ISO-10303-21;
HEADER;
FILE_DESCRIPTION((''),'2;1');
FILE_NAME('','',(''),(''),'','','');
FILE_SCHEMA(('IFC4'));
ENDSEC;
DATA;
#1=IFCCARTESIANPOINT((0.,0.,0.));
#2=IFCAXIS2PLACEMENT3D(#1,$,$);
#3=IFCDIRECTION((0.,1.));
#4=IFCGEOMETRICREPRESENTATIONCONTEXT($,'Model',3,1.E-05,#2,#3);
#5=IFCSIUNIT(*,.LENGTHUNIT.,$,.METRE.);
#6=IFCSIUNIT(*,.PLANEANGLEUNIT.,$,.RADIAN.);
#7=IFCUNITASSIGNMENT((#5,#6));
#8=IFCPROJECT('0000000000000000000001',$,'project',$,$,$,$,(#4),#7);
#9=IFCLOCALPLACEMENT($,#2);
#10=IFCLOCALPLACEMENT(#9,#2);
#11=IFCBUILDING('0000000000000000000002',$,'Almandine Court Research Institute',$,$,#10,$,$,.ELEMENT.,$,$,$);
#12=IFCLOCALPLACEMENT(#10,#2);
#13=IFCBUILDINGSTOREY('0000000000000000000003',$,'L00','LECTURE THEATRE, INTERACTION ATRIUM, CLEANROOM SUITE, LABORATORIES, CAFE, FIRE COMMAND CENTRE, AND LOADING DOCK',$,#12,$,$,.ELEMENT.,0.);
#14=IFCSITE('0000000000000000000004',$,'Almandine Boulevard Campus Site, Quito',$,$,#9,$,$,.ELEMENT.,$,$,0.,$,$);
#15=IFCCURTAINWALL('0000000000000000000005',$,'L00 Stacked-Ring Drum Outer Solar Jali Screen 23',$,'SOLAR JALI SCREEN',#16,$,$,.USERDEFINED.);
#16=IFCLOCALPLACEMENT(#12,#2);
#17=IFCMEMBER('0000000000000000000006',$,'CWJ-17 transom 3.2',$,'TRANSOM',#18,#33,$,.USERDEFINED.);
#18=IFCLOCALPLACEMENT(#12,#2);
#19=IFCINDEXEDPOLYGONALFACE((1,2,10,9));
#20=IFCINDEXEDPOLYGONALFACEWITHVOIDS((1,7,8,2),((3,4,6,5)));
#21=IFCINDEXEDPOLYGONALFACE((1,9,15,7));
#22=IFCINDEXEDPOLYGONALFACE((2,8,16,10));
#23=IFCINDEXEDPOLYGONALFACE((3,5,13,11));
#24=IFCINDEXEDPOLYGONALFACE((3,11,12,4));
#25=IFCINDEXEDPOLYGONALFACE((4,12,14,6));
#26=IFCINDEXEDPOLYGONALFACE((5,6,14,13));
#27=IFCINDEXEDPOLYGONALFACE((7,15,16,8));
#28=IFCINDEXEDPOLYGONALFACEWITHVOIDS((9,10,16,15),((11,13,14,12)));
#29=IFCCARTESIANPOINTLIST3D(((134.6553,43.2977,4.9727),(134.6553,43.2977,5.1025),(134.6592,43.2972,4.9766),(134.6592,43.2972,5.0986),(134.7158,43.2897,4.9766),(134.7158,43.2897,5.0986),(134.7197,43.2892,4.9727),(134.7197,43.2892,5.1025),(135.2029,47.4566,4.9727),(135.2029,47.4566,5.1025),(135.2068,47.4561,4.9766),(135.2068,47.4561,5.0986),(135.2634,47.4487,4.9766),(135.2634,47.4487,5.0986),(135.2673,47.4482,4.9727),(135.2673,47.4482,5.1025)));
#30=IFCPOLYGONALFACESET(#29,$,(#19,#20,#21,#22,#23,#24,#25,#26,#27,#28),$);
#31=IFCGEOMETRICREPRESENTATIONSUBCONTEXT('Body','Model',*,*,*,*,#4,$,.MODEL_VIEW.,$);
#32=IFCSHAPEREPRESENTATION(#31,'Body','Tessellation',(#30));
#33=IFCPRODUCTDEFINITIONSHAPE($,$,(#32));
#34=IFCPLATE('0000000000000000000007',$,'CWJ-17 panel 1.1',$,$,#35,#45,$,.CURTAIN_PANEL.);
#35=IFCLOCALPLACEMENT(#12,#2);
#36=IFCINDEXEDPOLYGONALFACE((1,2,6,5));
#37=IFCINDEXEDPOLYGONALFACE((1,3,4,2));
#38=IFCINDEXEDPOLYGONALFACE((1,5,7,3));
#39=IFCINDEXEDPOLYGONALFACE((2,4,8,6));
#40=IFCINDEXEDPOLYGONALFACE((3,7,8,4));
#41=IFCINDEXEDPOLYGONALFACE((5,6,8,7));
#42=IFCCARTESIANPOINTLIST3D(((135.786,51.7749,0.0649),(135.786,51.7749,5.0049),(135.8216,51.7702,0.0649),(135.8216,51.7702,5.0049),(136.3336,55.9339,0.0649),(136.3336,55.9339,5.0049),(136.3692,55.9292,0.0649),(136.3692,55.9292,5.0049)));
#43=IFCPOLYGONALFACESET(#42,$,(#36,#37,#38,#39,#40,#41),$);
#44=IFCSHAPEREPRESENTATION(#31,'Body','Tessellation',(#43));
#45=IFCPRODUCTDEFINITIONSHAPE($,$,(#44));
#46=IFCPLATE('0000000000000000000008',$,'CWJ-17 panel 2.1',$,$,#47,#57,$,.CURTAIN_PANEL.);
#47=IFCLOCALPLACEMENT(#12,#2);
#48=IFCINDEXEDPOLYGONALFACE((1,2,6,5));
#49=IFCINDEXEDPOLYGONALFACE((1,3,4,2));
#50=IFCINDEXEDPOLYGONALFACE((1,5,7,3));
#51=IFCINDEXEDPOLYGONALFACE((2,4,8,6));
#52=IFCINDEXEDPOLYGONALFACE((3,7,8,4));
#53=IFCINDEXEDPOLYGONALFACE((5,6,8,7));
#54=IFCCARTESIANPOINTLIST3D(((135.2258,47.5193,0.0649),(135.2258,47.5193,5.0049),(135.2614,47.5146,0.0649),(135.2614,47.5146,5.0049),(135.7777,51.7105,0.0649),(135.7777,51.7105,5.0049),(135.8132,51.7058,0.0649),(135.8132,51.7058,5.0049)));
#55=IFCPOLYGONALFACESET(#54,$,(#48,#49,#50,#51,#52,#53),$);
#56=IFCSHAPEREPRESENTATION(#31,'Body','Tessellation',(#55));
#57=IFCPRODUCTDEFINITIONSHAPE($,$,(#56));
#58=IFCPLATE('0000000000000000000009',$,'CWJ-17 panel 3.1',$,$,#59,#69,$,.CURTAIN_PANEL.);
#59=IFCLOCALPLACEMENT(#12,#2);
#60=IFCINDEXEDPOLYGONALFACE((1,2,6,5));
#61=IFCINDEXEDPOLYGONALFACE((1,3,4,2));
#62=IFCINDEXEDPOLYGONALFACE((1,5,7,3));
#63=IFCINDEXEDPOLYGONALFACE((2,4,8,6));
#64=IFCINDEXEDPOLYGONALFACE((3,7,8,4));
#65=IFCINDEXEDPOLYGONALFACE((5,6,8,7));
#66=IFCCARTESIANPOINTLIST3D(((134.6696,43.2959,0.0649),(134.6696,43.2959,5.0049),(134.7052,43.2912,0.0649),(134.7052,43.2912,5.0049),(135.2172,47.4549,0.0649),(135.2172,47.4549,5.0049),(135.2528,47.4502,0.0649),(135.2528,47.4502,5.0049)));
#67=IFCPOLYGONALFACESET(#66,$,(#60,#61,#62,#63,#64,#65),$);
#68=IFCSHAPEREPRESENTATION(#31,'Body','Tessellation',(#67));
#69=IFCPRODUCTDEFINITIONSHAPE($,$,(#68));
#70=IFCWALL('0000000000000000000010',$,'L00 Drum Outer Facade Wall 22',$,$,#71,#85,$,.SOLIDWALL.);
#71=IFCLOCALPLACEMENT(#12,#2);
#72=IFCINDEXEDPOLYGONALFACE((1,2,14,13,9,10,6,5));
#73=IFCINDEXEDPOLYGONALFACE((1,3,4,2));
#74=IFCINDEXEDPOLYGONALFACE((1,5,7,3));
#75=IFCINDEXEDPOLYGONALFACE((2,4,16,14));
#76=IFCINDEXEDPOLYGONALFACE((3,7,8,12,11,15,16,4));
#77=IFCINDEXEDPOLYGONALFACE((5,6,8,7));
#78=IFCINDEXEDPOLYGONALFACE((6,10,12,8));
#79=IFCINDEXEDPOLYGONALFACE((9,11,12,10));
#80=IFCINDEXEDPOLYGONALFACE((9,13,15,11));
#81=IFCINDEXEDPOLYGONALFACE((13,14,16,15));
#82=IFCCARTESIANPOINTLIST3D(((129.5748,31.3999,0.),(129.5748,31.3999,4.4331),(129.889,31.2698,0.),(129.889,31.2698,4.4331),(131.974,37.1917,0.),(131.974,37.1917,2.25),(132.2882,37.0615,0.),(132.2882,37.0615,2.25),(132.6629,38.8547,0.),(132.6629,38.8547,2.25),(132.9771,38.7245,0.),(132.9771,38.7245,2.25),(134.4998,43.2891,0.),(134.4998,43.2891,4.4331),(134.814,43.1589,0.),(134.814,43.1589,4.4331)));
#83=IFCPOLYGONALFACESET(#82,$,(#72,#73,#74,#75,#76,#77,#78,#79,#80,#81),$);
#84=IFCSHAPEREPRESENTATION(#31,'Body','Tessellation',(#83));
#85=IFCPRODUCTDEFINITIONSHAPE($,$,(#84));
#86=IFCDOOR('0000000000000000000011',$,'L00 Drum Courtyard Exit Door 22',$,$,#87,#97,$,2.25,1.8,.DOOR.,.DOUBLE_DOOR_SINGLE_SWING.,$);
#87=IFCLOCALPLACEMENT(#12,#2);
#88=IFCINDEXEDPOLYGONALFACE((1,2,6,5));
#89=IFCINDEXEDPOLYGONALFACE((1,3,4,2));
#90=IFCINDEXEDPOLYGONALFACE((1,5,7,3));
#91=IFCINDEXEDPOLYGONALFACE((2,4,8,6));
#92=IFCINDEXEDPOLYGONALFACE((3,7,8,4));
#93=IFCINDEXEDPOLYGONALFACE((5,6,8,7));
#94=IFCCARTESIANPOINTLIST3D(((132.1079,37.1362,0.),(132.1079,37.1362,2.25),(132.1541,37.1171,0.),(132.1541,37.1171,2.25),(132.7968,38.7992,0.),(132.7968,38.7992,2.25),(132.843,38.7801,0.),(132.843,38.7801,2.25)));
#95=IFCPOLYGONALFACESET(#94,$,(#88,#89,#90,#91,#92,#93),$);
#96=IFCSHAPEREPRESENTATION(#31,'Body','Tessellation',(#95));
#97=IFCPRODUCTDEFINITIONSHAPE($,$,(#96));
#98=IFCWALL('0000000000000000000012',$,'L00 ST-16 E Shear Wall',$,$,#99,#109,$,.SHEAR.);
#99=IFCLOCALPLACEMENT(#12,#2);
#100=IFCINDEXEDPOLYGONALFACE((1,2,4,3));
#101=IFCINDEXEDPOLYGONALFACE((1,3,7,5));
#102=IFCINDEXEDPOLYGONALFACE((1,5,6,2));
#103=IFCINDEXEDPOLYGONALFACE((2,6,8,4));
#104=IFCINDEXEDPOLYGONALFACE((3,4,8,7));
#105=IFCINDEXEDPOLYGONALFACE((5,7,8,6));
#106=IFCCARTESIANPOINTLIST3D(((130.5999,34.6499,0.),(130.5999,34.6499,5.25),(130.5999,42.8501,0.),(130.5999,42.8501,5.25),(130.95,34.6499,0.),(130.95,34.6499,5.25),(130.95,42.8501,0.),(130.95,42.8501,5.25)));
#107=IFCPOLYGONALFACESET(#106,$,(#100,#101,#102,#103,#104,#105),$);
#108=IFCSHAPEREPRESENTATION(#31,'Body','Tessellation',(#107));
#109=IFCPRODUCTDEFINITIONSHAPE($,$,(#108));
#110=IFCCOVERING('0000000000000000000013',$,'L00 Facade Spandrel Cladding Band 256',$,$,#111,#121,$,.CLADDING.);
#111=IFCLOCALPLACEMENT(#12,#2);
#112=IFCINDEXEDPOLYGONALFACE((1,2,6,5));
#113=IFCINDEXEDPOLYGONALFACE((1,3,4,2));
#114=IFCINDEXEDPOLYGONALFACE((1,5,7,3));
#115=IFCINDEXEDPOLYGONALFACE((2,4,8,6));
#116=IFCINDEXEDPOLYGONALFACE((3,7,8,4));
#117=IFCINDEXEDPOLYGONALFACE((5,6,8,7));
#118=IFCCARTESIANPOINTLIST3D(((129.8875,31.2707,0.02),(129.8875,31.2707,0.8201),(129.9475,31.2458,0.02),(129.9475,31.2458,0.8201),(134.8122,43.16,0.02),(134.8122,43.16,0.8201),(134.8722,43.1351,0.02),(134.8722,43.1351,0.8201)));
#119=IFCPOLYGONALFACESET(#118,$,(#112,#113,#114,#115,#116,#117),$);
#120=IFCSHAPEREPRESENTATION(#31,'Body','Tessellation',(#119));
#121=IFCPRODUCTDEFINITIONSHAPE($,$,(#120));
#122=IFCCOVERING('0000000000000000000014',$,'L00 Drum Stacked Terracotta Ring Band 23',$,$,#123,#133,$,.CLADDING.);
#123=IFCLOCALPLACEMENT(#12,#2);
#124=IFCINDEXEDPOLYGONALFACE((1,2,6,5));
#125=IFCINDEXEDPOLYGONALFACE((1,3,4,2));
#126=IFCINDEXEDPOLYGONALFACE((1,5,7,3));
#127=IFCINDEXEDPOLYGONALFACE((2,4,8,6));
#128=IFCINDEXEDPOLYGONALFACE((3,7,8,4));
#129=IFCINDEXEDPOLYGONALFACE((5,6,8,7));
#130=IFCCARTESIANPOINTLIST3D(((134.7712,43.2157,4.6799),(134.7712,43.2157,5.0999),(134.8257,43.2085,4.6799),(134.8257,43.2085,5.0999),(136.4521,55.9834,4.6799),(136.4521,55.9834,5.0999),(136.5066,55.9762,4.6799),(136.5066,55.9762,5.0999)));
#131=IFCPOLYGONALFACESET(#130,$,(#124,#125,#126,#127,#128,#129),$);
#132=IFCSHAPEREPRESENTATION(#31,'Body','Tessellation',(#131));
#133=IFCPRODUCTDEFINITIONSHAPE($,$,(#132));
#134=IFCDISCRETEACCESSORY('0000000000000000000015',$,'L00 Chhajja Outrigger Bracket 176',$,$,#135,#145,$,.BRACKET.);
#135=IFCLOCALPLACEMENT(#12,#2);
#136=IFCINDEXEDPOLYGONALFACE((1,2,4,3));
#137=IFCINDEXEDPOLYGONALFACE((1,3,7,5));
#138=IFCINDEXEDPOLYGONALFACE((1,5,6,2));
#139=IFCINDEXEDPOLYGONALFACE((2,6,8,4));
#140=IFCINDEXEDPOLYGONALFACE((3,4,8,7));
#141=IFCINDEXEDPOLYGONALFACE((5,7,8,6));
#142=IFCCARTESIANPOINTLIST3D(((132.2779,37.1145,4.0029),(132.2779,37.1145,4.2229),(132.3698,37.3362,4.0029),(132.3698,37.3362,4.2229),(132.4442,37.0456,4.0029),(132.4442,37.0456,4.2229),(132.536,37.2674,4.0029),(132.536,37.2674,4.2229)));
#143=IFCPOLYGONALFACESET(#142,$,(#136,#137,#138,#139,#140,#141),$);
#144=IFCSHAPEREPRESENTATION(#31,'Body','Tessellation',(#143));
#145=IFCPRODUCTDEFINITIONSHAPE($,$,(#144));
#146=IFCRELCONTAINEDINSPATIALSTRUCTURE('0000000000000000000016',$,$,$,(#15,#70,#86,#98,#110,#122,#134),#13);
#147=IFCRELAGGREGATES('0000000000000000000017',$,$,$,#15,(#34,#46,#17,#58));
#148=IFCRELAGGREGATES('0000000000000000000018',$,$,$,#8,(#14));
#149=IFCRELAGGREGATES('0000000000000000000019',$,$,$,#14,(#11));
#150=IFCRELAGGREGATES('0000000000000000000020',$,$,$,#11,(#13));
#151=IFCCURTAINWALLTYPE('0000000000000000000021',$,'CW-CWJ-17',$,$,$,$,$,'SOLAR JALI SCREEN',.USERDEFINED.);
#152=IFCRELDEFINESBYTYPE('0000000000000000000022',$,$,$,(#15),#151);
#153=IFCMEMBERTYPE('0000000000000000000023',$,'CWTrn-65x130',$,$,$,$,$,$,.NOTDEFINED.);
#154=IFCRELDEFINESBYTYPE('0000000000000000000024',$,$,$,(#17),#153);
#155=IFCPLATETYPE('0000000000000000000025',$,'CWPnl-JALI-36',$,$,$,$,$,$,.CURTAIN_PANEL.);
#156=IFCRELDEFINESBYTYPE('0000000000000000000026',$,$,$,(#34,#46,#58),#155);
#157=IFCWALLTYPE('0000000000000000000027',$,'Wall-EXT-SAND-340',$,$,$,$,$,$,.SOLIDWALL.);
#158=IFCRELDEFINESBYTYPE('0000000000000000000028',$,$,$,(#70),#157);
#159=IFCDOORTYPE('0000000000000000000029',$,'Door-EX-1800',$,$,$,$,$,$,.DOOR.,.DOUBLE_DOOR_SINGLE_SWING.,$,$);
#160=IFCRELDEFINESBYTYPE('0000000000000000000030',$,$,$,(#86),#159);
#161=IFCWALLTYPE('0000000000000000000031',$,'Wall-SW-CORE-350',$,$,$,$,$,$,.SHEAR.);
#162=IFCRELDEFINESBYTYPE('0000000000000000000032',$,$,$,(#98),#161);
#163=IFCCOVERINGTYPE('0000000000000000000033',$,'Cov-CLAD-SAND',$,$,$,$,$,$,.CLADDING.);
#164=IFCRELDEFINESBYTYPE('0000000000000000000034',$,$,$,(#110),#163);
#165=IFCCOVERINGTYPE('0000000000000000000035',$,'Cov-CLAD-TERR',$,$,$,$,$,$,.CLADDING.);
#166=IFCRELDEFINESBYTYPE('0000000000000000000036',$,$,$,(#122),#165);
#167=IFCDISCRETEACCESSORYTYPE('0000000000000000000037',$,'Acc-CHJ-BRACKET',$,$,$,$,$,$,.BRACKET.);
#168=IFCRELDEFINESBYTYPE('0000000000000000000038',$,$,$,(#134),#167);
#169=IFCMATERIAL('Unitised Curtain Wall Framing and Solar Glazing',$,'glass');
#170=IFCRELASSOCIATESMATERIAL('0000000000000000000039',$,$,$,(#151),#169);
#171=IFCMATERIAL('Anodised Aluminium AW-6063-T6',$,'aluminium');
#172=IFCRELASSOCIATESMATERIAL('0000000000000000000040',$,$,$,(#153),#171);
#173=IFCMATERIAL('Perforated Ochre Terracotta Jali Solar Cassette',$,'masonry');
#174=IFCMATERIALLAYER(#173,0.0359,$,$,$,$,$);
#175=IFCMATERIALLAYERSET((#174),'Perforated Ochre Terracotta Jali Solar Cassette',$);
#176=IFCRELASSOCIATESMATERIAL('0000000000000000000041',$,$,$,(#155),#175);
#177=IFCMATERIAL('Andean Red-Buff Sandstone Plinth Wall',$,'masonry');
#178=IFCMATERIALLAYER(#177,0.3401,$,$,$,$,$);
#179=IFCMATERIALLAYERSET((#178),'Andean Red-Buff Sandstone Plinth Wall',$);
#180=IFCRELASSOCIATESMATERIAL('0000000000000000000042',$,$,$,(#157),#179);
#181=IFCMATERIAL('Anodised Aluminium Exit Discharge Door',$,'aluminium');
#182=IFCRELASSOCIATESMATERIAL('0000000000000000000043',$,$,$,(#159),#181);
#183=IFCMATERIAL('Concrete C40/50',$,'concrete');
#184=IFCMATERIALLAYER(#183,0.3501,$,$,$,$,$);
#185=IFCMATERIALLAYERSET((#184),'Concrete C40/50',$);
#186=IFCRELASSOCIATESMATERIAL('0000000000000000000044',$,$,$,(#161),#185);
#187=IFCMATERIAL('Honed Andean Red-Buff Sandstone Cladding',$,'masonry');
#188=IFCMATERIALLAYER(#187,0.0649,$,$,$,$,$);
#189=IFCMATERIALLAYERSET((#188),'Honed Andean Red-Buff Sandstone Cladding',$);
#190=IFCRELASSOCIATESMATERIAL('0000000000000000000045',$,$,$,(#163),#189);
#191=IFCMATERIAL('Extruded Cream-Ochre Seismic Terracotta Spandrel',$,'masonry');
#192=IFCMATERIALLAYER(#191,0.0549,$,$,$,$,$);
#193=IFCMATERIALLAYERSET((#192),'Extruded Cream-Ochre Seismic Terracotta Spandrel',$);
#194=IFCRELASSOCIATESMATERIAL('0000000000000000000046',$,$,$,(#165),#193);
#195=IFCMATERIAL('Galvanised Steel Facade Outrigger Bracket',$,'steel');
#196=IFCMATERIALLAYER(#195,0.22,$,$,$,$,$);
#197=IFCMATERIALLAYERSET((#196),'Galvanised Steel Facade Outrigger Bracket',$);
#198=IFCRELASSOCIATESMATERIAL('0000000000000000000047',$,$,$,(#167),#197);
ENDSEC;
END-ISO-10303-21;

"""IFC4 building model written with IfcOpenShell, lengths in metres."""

from ifc_helpers import new_model, si_unit, direction, frame, frame_2d, origin, origin_2d, place, context, subcontext, project, spatial, rectangle, hollow_rectangle, extrude, material, layer, layer_set, material_profile, profile_set, type_object, element, fill, aggregate, save


model = new_model("IFC4")

# Units and contexts
model_context = context("Model", 3, precision=1e-05, world=origin(), true_north=direction((0.0, 1.0)))
body_context = subcontext(model_context, "Body", "Model", "MODEL_VIEW")
ifc_project = project(units=[si_unit("LENGTHUNIT", "METRE"), si_unit("PLANEANGLEUNIT", "RADIAN")], contexts=[model_context])

# Site, building, storey
site_placement = place(None, origin())
site = spatial("IfcSite", under=ifc_project, at=site_placement, Name="Almandine Boulevard Campus Site, Quito", CompositionType="ELEMENT", RefElevation=0.0)
building_placement = place(site_placement, origin())
building = spatial("IfcBuilding", under=site, at=building_placement, Name="Almandine Court Research Institute", CompositionType="ELEMENT")
storey_placement = place(building_placement, origin())
storey = spatial("IfcBuildingStorey", under=building, at=storey_placement, Name="L00", Description="LECTURE THEATRE, INTERACTION ATRIUM, CLEANROOM SUITE, LABORATORIES, CAFE, FIRE COMMAND CENTRE, AND LOADING DOCK", CompositionType="ELEMENT", Elevation=0.0)

# Curtain wall, member, plates
ifc_material_1 = material(Name="Unitised Curtain Wall Framing and Solar Glazing", Category="glass")
curtain_wall_type = type_object("IfcCurtainWallType", Name="CW-CWJ-17", ElementType="SOLAR JALI SCREEN", PredefinedType="USERDEFINED", material=ifc_material_1)
curtain_wall_placement = place(storey_placement, origin())
curtain_wall = element("IfcCurtainWall", 1, at=curtain_wall_placement, inside=storey, type_object=curtain_wall_type, Name="L00 Stacked-Ring Drum Outer Solar Jali Screen 23", ObjectType="SOLAR JALI SCREEN", PredefinedType="USERDEFINED")
ifc_material_2 = material(Name="Anodised Aluminium AW-6063-T6", Category="aluminium")
ifc_material_profile_1 = material_profile(ifc_material_2, hollow_rectangle(XDim=0.0649, YDim=0.1299, WallThickness=0.0039, at=origin_2d()), Name="ALU RHS 65x130x4")
ifc_profile_set_1 = profile_set([ifc_material_profile_1], Name="Anodised Aluminium AW-6063-T6")
member_type_1 = type_object("IfcMemberType", Name="CWTrn-65x130", PredefinedType="NOTDEFINED", material=ifc_profile_set_1)
member_1_placement = place(storey_placement, frame((135.2351, 47.4524, 5.0376), z_axis=(-0.130543, -0.991443, 0.0), x_axis=(0.991443, -0.130543, 0.0)))
member_1 = element("IfcMember", 2, at=member_1_placement, type_object=member_type_1, Name="CWJ-17 transom 3.2", ObjectType="TRANSOM", PredefinedType="USERDEFINED", context=body_context, shape_type="SweptSolid", body=[
    extrude(hollow_rectangle(XDim=0.0649, YDim=0.1299, WallThickness=0.0039, at=origin_2d()), origin(), (0.0, 0.0, 1.0), 4.1948),
])
ifc_material_3 = material(Name="Perforated Ochre Terracotta Jali Solar Cassette", Category="masonry")
ifc_layer_1 = layer(ifc_material_3, 0.0359)
ifc_layer_set_1 = layer_set([ifc_layer_1], Name="Perforated Ochre Terracotta Jali Solar Cassette")
plate_type = type_object("IfcPlateType", Name="CWPnl-JALI-36", PredefinedType="CURTAIN_PANEL", material=ifc_layer_set_1)
plate_1_placement = place(storey_placement, frame((136.0776, 53.8521, 0.0649), z_axis=(0.0, 0.0, 1.0), x_axis=(-0.130541, -0.991443, 0.0)))
plate_1 = element("IfcPlate", 3, at=plate_1_placement, type_object=plate_type, Name="CWJ-17 panel 1.1", PredefinedType="CURTAIN_PANEL", context=body_context, shape_type="SweptSolid", body=[
    extrude(rectangle(XDim=4.1948, YDim=0.0359, at=origin_2d()), origin(), (0.0, 0.0, 1.0), 4.9399),
])
plate_2_placement = place(storey_placement, frame((135.5195, 49.6125, 0.0649), z_axis=(0.0, 0.0, 1.0), x_axis=(-0.130541, -0.991443, 0.0)))
plate_2 = element("IfcPlate", 4, at=plate_2_placement, type_object=plate_type, Name="CWJ-17 panel 2.1", PredefinedType="CURTAIN_PANEL", context=body_context, shape_type="SweptSolid", body=[
    extrude(rectangle(XDim=4.2273, YDim=0.0359, at=origin_2d()), origin(), (0.0, 0.0, 1.0), 4.9399),
])
plate_3_placement = place(storey_placement, frame((134.9612, 45.373, 0.0649), z_axis=(0.0, 0.0, 1.0), x_axis=(-0.130541, -0.991443, 0.0)))
plate_3 = element("IfcPlate", 5, at=plate_3_placement, type_object=plate_type, Name="CWJ-17 panel 3.1", PredefinedType="CURTAIN_PANEL", context=body_context, shape_type="SweptSolid", body=[
    extrude(rectangle(XDim=4.1948, YDim=0.0359, at=origin_2d()), origin(), (0.0, 0.0, 1.0), 4.9399),
])
aggregate(curtain_wall, [plate_1, plate_2, member_1, plate_3])

# Wall, opening, door
ifc_material_4 = material(Name="Andean Red-Buff Sandstone Plinth Wall", Category="masonry")
ifc_layer_2 = layer(ifc_material_4, 0.3401)
ifc_layer_set_2 = layer_set([ifc_layer_2], Name="Andean Red-Buff Sandstone Plinth Wall")
wall_type_1 = type_object("IfcWallType", Name="Wall-EXT-SAND-340", PredefinedType="SOLIDWALL", material=ifc_layer_set_2)
wall_1_placement = place(storey_placement, frame((134.657, 43.2241, 0.0), z_axis=(0.0, 0.0, 1.0), x_axis=(-0.38271, -0.923869, 0.0)))
wall_1 = element("IfcWall", 6, at=wall_1_placement, inside=storey, type_object=wall_type_1, Name="L00 Drum Outer Facade Wall 22", PredefinedType="SOLIDWALL", context=body_context, shape_type="SweptSolid", body=[
    extrude(rectangle(XDim=12.8689, YDim=0.3401, at=frame_2d((6.4346, 0.0))), origin(), (0.0, 0.0, 1.0), 4.4331),
])
opening_placement = place(wall_1_placement, frame((4.8, 0.0, 0.0)))
opening = element("IfcOpeningElement", 7, at=opening_placement, cuts=wall_1, PredefinedType="OPENING", context=body_context, shape_type="SweptSolid", body=[
    extrude(rectangle(XDim=1.8, YDim=2.25, at=frame_2d((0.8999, 1.125))), frame((0.0, 0.1799, 0.0), z_axis=(0.0, -1.0, 0.0), x_axis=(1.0, 0.0, 0.0)), (0.0, 0.0, 1.0), 0.3601),
])
ifc_material_5 = material(Name="Anodised Aluminium Exit Discharge Door", Category="aluminium")
door_type = type_object("IfcDoorType", Name="Door-EX-1800", OperationType="DOUBLE_DOOR_SINGLE_SWING", PredefinedType="DOOR", material=ifc_material_5)
door_placement = place(opening_placement, origin())
door = element("IfcDoor", 8, at=door_placement, inside=storey, type_object=door_type, Name="L00 Drum Courtyard Exit Door 22", OperationType="DOUBLE_DOOR_SINGLE_SWING", OverallHeight=2.25, OverallWidth=1.8, PredefinedType="DOOR", context=body_context, shape_type="SweptSolid", body=[
    extrude(rectangle(XDim=1.8, YDim=2.25, at=frame_2d((0.8999, 1.125))), frame((0.0, 0.0249, 0.0), z_axis=(0.0, -1.0, 0.0), x_axis=(1.0, 0.0, 0.0)), (0.0, 0.0, 1.0), 0.05),
])
fill(opening, door)

# Wall
ifc_material_6 = material(Name="Concrete C40/50", Category="concrete")
ifc_layer_3 = layer(ifc_material_6, 0.3501)
ifc_layer_set_3 = layer_set([ifc_layer_3], Name="Concrete C40/50")
wall_type_2 = type_object("IfcWallType", Name="Wall-SW-CORE-350", PredefinedType="SHEAR", material=ifc_layer_set_3)
wall_2_placement = place(storey_placement, frame((130.7749, 42.8501, 0.0), z_axis=(0.0, 0.0, 1.0), x_axis=(0.0, -1.0, 0.0)))
element("IfcWall", 9, at=wall_2_placement, inside=storey, type_object=wall_type_2, Name="L00 ST-16 E Shear Wall", PredefinedType="SHEAR", context=body_context, shape_type="SweptSolid", body=[
    extrude(rectangle(XDim=8.2002, YDim=0.3501, at=frame_2d((4.1001, 0.0))), origin(), (0.0, 0.0, 1.0), 5.25),
])

# Coverings
ifc_material_7 = material(Name="Honed Andean Red-Buff Sandstone Cladding", Category="masonry")
ifc_layer_4 = layer(ifc_material_7, 0.0649)
ifc_layer_set_4 = layer_set([ifc_layer_4], Name="Honed Andean Red-Buff Sandstone Cladding")
covering_type_1 = type_object("IfcCoveringType", Name="Cov-CLAD-SAND", PredefinedType="CLADDING", material=ifc_layer_set_4)
covering_1_placement = place(storey_placement, frame((132.3799, 37.2029, 0.02), z_axis=(0.0, 0.0, 1.0), x_axis=(-0.382683, -0.92388, 0.0)))
element("IfcCovering", 10, at=covering_1_placement, inside=storey, type_object=covering_type_1, Name="L00 Facade Spandrel Cladding Band 256", PredefinedType="CLADDING", context=body_context, shape_type="SweptSolid", body=[
    extrude(rectangle(XDim=12.8689, YDim=0.0649, at=origin_2d()), origin(), (0.0, 0.0, 1.0), 0.8),
])
ifc_material_8 = material(Name="Extruded Cream-Ochre Seismic Terracotta Spandrel", Category="masonry")
ifc_layer_5 = layer(ifc_material_8, 0.0549)
ifc_layer_set_5 = layer_set([ifc_layer_5], Name="Extruded Cream-Ochre Seismic Terracotta Spandrel")
covering_type_2 = type_object("IfcCoveringType", Name="Cov-CLAD-TERR", PredefinedType="CLADDING", material=ifc_layer_set_5)
covering_2_placement = place(storey_placement, frame((135.6389, 49.5959, 4.6799), z_axis=(0.0, 0.0, 1.0), x_axis=(-0.130526, -0.991445, 0.0)))
element("IfcCovering", 11, at=covering_2_placement, inside=storey, type_object=covering_type_2, Name="L00 Drum Stacked Terracotta Ring Band 23", PredefinedType="CLADDING", context=body_context, shape_type="SweptSolid", body=[
    extrude(rectangle(XDim=12.8779, YDim=0.0549, at=origin_2d()), origin(), (0.0, 0.0, 1.0), 0.4199),
])

# Discrete accessory
ifc_material_9 = material(Name="Galvanised Steel Facade Outrigger Bracket", Category="steel")
ifc_layer_6 = layer(ifc_material_9, 0.22)
ifc_layer_set_6 = layer_set([ifc_layer_6], Name="Galvanised Steel Facade Outrigger Bracket")
discrete_accessory_type = type_object("IfcDiscreteAccessoryType", Name="Acc-CHJ-BRACKET", PredefinedType="BRACKET", material=ifc_layer_set_6)
discrete_accessory_placement = place(storey_placement, frame((132.407, 37.1909, 4.0029), z_axis=(0.0, 0.0, 1.0), x_axis=(-0.382683, -0.92388, 0.0)))
element("IfcDiscreteAccessory", 12, at=discrete_accessory_placement, inside=storey, type_object=discrete_accessory_type, Name="L00 Chhajja Outrigger Bracket 176", PredefinedType="BRACKET", context=body_context, shape_type="SweptSolid", body=[
    extrude(rectangle(XDim=0.24, YDim=0.1799, at=origin_2d()), origin(), (0.0, 0.0, 1.0), 0.22),
])

save(model, "model.ifc")
